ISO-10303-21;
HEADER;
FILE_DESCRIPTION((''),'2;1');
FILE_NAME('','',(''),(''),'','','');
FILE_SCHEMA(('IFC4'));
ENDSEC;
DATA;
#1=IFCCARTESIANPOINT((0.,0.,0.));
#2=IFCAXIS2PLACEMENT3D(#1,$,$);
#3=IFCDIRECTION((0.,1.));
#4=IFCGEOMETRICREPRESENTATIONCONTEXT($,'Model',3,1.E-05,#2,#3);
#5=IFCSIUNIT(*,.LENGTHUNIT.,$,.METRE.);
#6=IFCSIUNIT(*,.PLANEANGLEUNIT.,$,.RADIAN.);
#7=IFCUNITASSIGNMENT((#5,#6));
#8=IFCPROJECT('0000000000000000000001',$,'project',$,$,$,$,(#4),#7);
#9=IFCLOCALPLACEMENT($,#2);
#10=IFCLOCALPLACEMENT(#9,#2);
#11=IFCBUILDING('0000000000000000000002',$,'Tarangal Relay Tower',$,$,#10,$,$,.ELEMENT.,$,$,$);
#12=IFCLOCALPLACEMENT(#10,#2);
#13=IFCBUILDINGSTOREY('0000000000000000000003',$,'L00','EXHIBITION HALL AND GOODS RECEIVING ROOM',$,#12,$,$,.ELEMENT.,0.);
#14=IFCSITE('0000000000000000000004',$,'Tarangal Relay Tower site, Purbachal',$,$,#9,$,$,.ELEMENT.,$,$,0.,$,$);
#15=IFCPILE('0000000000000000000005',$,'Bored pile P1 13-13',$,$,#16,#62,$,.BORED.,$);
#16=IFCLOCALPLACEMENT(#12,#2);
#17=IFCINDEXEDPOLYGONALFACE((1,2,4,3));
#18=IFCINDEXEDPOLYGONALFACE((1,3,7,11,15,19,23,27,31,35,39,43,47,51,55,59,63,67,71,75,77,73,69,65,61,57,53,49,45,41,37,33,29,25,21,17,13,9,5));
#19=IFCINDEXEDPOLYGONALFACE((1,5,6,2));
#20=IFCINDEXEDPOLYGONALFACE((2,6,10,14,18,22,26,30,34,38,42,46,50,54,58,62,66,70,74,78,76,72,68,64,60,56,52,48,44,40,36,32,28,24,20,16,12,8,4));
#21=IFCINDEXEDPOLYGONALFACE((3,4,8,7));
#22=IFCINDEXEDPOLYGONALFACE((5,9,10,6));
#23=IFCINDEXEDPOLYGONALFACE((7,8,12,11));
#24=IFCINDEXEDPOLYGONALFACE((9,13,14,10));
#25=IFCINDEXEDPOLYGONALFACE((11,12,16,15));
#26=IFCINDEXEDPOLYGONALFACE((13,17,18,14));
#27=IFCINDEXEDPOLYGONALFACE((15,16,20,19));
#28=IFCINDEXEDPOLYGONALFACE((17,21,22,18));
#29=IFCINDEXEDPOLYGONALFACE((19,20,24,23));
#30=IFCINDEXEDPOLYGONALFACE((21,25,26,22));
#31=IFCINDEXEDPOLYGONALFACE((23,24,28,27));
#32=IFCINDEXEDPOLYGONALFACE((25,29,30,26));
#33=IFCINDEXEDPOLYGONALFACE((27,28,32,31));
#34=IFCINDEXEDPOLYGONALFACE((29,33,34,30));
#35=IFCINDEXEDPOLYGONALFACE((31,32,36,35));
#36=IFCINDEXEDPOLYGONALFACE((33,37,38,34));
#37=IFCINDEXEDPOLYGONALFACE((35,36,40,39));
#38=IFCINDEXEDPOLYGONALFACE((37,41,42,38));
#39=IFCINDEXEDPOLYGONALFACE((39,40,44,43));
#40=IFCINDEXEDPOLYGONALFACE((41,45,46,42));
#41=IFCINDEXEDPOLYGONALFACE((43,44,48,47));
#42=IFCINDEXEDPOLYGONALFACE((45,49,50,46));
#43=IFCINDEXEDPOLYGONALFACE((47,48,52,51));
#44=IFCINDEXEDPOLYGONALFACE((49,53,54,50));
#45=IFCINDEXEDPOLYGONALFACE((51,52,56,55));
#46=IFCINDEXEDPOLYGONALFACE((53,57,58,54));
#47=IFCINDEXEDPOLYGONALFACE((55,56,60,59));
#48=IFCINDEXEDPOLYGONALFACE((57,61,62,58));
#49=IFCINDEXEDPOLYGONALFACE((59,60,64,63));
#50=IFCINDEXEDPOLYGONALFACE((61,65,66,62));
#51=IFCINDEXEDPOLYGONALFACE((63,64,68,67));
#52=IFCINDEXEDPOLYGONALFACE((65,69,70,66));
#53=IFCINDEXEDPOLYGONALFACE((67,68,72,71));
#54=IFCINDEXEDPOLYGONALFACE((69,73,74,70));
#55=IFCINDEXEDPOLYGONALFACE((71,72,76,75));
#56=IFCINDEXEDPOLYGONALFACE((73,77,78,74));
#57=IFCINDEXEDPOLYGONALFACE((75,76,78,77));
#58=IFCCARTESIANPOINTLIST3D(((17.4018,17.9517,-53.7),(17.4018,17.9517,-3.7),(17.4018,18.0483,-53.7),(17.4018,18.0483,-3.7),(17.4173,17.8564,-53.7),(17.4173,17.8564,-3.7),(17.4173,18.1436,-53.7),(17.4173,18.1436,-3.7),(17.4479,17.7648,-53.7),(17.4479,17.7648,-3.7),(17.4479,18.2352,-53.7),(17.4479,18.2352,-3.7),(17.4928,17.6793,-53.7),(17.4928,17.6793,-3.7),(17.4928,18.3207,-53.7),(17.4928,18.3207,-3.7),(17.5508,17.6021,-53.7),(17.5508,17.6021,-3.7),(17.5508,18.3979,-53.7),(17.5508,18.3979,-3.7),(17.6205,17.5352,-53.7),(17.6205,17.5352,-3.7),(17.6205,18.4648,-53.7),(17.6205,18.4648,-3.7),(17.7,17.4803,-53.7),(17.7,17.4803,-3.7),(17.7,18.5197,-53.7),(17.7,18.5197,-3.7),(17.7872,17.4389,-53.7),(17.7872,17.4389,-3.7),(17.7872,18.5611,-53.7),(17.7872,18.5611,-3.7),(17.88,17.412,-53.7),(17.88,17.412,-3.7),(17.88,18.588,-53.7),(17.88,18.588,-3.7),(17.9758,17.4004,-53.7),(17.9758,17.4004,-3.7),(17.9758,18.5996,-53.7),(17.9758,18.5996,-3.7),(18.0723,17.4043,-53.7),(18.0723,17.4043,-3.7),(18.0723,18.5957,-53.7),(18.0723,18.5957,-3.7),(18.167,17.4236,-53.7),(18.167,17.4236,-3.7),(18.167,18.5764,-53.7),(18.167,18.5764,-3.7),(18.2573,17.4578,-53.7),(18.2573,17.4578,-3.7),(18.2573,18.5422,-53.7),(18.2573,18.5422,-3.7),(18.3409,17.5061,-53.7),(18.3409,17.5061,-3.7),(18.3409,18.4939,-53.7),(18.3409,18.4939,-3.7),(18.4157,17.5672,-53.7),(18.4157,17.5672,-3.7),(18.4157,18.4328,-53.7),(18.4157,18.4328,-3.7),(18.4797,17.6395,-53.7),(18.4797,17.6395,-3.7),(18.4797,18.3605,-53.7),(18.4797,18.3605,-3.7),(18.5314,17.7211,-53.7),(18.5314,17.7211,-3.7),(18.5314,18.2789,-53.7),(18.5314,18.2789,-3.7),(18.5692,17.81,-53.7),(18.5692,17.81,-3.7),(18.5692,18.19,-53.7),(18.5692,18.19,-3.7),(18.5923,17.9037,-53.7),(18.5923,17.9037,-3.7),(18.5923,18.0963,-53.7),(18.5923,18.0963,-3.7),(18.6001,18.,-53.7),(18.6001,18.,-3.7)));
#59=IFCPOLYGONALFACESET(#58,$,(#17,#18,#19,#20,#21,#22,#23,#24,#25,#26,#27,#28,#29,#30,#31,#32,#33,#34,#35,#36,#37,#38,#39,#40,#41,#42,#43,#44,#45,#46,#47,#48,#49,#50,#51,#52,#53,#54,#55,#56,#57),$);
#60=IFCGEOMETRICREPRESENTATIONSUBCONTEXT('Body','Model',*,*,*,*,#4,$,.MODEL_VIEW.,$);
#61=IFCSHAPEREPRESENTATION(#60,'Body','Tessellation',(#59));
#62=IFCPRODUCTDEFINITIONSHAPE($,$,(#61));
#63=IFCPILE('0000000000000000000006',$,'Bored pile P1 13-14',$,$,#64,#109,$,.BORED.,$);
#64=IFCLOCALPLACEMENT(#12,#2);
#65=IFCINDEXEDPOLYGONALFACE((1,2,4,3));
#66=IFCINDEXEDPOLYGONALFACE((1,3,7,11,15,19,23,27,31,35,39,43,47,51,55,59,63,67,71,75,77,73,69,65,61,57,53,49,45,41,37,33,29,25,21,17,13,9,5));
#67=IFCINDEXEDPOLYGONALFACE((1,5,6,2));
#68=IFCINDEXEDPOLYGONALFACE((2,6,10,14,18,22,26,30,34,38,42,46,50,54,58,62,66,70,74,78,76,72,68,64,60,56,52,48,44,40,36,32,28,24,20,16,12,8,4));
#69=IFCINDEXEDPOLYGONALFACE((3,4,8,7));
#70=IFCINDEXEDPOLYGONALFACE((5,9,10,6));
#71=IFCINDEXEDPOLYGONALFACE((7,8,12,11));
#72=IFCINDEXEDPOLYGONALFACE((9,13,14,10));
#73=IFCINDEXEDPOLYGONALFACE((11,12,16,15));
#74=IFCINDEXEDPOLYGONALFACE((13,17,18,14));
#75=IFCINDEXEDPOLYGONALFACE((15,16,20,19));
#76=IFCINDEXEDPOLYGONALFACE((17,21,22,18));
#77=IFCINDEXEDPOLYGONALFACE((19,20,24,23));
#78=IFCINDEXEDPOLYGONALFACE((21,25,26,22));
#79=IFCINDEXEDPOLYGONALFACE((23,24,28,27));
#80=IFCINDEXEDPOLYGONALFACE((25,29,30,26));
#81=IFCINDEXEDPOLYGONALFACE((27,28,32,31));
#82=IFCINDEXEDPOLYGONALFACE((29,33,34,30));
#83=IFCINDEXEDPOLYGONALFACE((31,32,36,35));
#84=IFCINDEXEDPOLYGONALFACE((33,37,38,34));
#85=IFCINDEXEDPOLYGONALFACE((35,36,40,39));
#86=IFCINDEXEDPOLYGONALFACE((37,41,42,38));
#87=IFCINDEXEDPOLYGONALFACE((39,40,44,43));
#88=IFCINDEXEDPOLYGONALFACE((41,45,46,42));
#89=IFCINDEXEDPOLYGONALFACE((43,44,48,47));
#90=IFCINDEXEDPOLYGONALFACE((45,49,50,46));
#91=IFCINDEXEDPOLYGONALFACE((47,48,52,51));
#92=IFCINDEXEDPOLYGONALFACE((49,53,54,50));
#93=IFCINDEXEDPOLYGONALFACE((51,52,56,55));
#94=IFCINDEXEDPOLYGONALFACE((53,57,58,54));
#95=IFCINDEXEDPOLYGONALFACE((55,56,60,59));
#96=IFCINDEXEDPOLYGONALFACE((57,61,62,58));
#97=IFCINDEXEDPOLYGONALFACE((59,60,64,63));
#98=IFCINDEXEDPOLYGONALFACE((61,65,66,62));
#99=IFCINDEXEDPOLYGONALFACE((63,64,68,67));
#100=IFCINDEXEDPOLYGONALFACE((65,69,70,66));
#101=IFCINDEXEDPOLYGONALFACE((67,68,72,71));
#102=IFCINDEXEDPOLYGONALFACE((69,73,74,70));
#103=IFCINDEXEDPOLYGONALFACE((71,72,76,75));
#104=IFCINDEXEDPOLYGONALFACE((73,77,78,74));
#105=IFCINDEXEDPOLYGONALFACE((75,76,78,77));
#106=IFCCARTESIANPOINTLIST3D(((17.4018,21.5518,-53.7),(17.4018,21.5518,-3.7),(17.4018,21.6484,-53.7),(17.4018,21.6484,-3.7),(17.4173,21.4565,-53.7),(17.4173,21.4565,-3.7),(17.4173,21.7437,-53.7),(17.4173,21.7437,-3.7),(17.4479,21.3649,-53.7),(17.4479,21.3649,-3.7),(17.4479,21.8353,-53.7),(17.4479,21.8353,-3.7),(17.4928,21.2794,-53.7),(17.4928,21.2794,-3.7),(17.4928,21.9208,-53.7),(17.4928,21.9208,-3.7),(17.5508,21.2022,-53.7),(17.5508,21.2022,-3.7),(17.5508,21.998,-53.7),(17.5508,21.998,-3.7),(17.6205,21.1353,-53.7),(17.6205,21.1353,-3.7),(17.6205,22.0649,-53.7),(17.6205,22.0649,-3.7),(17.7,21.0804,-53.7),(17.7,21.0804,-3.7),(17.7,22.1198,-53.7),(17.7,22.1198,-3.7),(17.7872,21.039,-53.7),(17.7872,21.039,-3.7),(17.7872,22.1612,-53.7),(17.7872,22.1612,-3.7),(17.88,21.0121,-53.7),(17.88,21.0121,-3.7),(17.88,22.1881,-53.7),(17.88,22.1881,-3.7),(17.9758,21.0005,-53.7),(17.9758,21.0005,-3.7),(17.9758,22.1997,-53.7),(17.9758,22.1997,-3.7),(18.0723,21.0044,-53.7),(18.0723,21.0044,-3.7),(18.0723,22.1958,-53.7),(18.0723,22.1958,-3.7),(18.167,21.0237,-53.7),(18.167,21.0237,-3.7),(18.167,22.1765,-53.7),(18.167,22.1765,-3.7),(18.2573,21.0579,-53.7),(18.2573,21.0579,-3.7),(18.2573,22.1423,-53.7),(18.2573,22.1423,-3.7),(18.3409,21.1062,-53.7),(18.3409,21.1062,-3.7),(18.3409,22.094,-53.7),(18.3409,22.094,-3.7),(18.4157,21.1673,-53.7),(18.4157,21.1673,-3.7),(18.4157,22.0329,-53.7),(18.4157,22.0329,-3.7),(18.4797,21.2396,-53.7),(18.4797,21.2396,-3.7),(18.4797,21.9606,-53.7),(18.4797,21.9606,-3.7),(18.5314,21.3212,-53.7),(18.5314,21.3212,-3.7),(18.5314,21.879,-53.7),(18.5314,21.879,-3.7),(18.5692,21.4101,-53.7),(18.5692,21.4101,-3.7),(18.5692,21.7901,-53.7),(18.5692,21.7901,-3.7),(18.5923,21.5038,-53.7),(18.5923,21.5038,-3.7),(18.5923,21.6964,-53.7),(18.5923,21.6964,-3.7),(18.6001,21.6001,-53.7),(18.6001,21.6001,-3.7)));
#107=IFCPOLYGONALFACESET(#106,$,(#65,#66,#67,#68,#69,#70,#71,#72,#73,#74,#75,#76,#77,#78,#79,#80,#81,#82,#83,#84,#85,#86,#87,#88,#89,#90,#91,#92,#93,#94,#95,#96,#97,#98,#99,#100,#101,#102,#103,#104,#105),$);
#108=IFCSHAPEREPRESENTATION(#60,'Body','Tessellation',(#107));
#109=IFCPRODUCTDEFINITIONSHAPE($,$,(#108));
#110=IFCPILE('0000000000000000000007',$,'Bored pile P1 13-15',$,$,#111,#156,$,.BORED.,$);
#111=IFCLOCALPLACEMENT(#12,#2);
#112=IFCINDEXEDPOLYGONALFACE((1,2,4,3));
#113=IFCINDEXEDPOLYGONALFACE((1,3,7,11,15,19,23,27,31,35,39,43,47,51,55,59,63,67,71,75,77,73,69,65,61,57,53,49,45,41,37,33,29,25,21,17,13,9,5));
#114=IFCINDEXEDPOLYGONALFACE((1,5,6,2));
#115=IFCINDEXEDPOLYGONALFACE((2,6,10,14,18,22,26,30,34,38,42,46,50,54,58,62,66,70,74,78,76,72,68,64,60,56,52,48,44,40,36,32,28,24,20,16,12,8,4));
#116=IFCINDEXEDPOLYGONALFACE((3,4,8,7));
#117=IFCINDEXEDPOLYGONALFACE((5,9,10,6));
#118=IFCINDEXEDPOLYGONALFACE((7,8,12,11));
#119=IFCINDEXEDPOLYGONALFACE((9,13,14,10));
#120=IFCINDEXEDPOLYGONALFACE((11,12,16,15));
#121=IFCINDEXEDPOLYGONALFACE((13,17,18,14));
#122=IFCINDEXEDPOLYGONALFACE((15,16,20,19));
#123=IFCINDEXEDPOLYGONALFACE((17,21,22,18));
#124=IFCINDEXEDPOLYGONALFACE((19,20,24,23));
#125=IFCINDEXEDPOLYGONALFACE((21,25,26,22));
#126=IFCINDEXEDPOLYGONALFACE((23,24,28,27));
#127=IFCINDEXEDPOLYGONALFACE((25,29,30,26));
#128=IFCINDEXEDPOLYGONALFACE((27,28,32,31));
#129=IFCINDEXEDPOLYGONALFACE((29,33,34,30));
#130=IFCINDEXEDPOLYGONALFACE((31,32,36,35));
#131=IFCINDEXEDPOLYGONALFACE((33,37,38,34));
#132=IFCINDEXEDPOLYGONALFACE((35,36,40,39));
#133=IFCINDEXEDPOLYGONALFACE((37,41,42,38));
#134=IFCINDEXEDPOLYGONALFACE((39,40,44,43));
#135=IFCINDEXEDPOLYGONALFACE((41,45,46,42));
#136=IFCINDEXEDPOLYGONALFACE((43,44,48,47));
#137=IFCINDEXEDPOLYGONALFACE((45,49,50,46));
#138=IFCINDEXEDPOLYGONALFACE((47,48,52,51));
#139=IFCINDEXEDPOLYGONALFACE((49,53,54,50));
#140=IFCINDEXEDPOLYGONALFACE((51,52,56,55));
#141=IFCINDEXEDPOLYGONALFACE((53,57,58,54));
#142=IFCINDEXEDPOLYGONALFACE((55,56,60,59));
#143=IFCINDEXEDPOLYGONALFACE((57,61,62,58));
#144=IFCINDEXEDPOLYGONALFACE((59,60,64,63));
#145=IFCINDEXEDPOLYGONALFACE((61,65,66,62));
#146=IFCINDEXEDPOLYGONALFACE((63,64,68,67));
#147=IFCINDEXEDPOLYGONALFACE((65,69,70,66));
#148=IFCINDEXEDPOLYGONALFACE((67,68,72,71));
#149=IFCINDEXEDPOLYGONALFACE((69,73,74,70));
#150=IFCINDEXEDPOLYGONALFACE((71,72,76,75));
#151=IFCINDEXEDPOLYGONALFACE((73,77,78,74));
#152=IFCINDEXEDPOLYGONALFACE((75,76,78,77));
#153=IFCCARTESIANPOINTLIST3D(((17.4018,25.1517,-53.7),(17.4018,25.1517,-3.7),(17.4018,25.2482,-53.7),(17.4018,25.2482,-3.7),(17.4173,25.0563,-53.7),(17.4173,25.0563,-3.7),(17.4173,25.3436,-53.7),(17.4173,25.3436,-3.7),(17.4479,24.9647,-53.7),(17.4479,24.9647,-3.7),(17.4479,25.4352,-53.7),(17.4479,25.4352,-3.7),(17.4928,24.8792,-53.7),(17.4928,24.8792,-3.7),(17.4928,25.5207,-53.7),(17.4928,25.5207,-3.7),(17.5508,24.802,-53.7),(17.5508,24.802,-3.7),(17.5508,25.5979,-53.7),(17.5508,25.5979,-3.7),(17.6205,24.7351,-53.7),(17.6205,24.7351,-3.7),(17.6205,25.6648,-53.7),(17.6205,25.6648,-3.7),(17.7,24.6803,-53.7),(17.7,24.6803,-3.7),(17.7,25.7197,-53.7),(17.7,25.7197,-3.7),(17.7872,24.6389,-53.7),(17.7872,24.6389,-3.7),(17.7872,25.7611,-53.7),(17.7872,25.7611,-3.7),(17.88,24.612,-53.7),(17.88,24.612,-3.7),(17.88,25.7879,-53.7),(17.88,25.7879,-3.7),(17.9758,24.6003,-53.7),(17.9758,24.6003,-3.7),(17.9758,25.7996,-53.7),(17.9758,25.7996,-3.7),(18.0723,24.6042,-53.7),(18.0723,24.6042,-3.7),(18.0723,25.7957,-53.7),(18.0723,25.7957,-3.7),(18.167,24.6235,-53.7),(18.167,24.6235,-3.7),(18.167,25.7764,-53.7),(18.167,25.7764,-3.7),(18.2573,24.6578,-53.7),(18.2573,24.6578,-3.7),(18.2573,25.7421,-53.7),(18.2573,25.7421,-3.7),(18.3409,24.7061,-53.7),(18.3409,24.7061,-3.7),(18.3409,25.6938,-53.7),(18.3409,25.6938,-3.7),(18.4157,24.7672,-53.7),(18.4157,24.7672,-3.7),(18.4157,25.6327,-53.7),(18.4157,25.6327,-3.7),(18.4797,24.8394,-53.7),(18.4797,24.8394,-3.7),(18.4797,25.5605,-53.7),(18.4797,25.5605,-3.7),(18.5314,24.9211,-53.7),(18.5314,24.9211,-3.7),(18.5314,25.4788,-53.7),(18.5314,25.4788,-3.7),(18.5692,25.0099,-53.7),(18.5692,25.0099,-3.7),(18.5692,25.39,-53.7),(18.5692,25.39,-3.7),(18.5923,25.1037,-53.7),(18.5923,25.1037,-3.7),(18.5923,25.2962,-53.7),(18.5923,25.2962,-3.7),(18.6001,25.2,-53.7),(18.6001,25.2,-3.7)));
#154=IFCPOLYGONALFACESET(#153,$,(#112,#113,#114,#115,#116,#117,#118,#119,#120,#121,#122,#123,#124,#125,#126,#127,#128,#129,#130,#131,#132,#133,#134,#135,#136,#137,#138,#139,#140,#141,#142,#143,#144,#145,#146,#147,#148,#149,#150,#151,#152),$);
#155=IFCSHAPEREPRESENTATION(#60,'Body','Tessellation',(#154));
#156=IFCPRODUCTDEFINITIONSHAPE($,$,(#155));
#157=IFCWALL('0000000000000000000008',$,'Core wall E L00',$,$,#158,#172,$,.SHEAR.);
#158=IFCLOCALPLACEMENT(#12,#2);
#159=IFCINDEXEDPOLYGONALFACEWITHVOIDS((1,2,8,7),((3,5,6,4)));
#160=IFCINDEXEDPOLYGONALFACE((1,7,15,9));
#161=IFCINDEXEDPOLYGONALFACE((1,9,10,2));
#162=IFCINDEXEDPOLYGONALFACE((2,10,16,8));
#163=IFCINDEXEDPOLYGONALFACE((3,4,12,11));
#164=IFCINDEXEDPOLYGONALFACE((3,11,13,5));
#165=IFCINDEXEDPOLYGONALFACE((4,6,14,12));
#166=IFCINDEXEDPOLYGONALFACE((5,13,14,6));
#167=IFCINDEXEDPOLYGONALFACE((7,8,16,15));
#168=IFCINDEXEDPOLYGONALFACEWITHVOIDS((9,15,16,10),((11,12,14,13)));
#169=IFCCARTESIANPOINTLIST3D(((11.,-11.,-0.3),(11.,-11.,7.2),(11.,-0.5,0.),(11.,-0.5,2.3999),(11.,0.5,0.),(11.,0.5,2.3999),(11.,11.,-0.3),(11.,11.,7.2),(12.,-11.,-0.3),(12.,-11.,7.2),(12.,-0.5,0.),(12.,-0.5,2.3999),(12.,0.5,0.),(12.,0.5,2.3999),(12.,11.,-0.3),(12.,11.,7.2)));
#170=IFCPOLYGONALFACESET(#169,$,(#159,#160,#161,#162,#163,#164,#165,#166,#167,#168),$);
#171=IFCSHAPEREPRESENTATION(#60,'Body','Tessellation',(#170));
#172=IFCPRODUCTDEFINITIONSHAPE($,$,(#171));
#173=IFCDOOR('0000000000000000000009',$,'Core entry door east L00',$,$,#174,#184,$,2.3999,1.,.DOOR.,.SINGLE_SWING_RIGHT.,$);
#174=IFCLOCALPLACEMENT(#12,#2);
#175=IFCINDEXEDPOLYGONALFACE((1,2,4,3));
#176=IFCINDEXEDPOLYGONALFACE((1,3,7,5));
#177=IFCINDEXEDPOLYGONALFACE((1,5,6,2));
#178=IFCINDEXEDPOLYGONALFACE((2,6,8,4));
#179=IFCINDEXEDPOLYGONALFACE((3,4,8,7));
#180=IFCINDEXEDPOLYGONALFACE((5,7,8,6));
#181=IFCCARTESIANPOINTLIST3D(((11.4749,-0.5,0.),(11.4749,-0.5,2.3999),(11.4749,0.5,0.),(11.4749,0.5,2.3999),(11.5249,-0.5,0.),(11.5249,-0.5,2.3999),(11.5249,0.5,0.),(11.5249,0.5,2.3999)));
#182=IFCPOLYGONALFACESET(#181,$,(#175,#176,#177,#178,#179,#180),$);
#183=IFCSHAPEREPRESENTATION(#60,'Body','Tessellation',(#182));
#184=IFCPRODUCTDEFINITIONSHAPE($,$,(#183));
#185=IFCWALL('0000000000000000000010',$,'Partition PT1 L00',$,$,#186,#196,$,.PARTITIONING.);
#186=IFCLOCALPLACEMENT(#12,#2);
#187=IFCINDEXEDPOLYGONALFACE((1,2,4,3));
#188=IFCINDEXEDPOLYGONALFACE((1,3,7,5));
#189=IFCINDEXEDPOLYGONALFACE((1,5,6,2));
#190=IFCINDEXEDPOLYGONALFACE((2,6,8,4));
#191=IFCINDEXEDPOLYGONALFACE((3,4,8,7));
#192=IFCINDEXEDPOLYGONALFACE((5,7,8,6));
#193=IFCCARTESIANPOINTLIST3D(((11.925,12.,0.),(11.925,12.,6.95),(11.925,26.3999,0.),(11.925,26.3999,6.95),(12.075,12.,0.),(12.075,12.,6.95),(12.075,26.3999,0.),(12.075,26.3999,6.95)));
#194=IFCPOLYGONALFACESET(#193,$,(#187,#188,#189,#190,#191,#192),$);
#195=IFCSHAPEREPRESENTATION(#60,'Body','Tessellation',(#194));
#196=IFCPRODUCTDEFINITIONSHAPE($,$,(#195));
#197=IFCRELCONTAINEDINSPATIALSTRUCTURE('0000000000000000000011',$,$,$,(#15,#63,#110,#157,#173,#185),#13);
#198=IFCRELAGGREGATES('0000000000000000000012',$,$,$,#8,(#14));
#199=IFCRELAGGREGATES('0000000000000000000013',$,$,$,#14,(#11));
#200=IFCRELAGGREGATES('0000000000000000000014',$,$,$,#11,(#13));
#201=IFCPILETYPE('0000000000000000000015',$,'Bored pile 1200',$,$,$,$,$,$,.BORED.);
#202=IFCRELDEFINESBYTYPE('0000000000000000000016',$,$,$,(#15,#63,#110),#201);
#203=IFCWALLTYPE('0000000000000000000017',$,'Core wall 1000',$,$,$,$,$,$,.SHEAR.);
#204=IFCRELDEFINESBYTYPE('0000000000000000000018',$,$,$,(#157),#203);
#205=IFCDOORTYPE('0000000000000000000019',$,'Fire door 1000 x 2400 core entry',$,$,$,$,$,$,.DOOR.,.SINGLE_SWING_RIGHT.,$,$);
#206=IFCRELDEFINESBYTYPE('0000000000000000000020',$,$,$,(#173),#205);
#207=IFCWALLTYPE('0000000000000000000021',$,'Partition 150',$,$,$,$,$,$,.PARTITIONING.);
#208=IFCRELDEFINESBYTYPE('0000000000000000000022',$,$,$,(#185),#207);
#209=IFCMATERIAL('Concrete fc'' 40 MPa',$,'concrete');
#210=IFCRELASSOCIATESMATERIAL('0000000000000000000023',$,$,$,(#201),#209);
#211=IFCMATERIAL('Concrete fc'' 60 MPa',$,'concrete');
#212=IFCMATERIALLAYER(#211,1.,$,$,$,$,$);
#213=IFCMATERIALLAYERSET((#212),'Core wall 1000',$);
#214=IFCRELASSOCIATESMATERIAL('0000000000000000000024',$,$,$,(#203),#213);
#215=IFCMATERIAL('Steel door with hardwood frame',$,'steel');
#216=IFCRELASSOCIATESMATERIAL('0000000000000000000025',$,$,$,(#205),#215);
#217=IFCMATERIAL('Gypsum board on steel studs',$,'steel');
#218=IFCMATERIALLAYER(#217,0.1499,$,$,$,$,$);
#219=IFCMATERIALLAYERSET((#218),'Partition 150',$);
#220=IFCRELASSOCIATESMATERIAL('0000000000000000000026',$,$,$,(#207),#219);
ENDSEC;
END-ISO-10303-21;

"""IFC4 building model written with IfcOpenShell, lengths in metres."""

from ifc_helpers import new_model, si_unit, direction, frame, frame_2d, origin, origin_2d, place, context, subcontext, project, spatial, rectangle, circle, extrude, material, layer, layer_set, material_profile, profile_set, type_object, element, fill, save


model = new_model("IFC4")

# Units and contexts
model_context = context("Model", 3, precision=1e-05, world=origin(), true_north=direction((0.0, 1.0)))
body_context = subcontext(model_context, "Body", "Model", "MODEL_VIEW")
ifc_project = project(units=[si_unit("LENGTHUNIT", "METRE"), si_unit("PLANEANGLEUNIT", "RADIAN")], contexts=[model_context])

# Site, building, storey
site_placement = place(None, origin())
site = spatial("IfcSite", under=ifc_project, at=site_placement, Name="Tarangal Relay Tower site, Purbachal", CompositionType="ELEMENT", RefElevation=0.0)
building_placement = place(site_placement, origin())
building = spatial("IfcBuilding", under=site, at=building_placement, Name="Tarangal Relay Tower", CompositionType="ELEMENT")
storey_placement = place(building_placement, origin())
storey = spatial("IfcBuildingStorey", under=building, at=storey_placement, Name="L00", Description="EXHIBITION HALL AND GOODS RECEIVING ROOM", CompositionType="ELEMENT", Elevation=0.0)

# Piles
ifc_material_1 = material(Name="Concrete fc' 40 MPa", Category="concrete")
ifc_material_profile = material_profile(ifc_material_1, circle(Radius=0.6001, at=origin_2d()), Name="D1200")
ifc_profile_set = profile_set([ifc_material_profile], Name="Concrete fc' 40 MPa")
pile_type = type_object("IfcPileType", Name="Bored pile 1200", PredefinedType="BORED", material=ifc_profile_set)
for number, where, z_axis, x_axis, name in (
    (1, (18.0, 18.0, -3.7), (0.0, 0.0, -1.0), (1.0, 0.0, 0.0), "Bored pile P1 13-13"),
    (2, (18.0, 21.6001, -3.7), (0.0, 0.0, -1.0), (1.0, 0.0, 0.0), "Bored pile P1 13-14"),
    (3, (18.0, 25.2, -3.7), (0.0, 0.0, -1.0), (1.0, 0.0, 0.0), "Bored pile P1 13-15"),
):
    element("IfcPile", number, at=place(storey_placement, frame(where, z_axis=z_axis, x_axis=x_axis)), inside=storey, type_object=pile_type, Name=name, PredefinedType="BORED", context=body_context, shape_type="SweptSolid", body=[
        extrude(circle(Radius=0.6001, at=origin_2d()), origin(), (0.0, 0.0, 1.0), 50.0),
    ])

# Wall, opening, door
ifc_material_2 = material(Name="Concrete fc' 60 MPa", Category="concrete")
ifc_layer_1 = layer(ifc_material_2, 1.0)
ifc_layer_set_1 = layer_set([ifc_layer_1], Name="Core wall 1000")
wall_type_1 = type_object("IfcWallType", Name="Core wall 1000", PredefinedType="SHEAR", material=ifc_layer_set_1)
wall_1_placement = place(storey_placement, frame((11.5, 11.0, -0.3), z_axis=(0.0, 0.0, 1.0), x_axis=(0.0, -1.0, 0.0)))
wall_1 = element("IfcWall", 4, at=wall_1_placement, inside=storey, type_object=wall_type_1, Name="Core wall E L00", PredefinedType="SHEAR", context=body_context, shape_type="SweptSolid", body=[
    extrude(rectangle(XDim=22.0, YDim=1.0, at=frame_2d((11.0, 0.0))), origin(), (0.0, 0.0, 1.0), 7.5),
])
opening_placement = place(wall_1_placement, frame((10.5, 0.0, 0.3)))
opening = element("IfcOpeningElement", 5, at=opening_placement, cuts=wall_1, PredefinedType="OPENING", context=body_context, shape_type="SweptSolid", body=[
    extrude(rectangle(XDim=1.0, YDim=2.3999, at=frame_2d((0.5, 1.2))), frame((0.0, 0.51, 0.0), z_axis=(0.0, -1.0, 0.0), x_axis=(1.0, 0.0, 0.0)), (0.0, 0.0, 1.0), 1.02),
])
ifc_material_3 = material(Name="Steel door with hardwood frame", Category="steel")
door_type = type_object("IfcDoorType", Name="Fire door 1000 x 2400 core entry", OperationType="SINGLE_SWING_RIGHT", PredefinedType="DOOR", material=ifc_material_3)
door_placement = place(opening_placement, origin())
door = element("IfcDoor", 6, at=door_placement, inside=storey, type_object=door_type, Name="Core entry door east L00", OperationType="SINGLE_SWING_RIGHT", OverallHeight=2.3999, OverallWidth=1.0, PredefinedType="DOOR", context=body_context, shape_type="SweptSolid", body=[
    extrude(rectangle(XDim=1.0, YDim=2.3999, at=frame_2d((0.5, 1.2))), frame((0.0, 0.0249, 0.0), z_axis=(0.0, -1.0, 0.0), x_axis=(1.0, 0.0, 0.0)), (0.0, 0.0, 1.0), 0.05),
])
fill(opening, door)

# Wall
ifc_material_4 = material(Name="Gypsum board on steel studs", Category="steel")
ifc_layer_2 = layer(ifc_material_4, 0.1499)
ifc_layer_set_2 = layer_set([ifc_layer_2], Name="Partition 150")
wall_type_2 = type_object("IfcWallType", Name="Partition 150", PredefinedType="PARTITIONING", material=ifc_layer_set_2)
wall_2_placement = place(storey_placement, frame((12.0, 12.0, 0.0), z_axis=(0.0, 0.0, 1.0), x_axis=(0.0, 1.0, 0.0)))
element("IfcWall", 7, at=wall_2_placement, inside=storey, type_object=wall_type_2, Name="Partition PT1 L00", PredefinedType="PARTITIONING", context=body_context, shape_type="SweptSolid", body=[
    extrude(rectangle(XDim=14.3999, YDim=0.1499, at=frame_2d((7.2, 0.0))), origin(), (0.0, 0.0, 1.0), 6.95),
])

save(model, "model.ifc")
